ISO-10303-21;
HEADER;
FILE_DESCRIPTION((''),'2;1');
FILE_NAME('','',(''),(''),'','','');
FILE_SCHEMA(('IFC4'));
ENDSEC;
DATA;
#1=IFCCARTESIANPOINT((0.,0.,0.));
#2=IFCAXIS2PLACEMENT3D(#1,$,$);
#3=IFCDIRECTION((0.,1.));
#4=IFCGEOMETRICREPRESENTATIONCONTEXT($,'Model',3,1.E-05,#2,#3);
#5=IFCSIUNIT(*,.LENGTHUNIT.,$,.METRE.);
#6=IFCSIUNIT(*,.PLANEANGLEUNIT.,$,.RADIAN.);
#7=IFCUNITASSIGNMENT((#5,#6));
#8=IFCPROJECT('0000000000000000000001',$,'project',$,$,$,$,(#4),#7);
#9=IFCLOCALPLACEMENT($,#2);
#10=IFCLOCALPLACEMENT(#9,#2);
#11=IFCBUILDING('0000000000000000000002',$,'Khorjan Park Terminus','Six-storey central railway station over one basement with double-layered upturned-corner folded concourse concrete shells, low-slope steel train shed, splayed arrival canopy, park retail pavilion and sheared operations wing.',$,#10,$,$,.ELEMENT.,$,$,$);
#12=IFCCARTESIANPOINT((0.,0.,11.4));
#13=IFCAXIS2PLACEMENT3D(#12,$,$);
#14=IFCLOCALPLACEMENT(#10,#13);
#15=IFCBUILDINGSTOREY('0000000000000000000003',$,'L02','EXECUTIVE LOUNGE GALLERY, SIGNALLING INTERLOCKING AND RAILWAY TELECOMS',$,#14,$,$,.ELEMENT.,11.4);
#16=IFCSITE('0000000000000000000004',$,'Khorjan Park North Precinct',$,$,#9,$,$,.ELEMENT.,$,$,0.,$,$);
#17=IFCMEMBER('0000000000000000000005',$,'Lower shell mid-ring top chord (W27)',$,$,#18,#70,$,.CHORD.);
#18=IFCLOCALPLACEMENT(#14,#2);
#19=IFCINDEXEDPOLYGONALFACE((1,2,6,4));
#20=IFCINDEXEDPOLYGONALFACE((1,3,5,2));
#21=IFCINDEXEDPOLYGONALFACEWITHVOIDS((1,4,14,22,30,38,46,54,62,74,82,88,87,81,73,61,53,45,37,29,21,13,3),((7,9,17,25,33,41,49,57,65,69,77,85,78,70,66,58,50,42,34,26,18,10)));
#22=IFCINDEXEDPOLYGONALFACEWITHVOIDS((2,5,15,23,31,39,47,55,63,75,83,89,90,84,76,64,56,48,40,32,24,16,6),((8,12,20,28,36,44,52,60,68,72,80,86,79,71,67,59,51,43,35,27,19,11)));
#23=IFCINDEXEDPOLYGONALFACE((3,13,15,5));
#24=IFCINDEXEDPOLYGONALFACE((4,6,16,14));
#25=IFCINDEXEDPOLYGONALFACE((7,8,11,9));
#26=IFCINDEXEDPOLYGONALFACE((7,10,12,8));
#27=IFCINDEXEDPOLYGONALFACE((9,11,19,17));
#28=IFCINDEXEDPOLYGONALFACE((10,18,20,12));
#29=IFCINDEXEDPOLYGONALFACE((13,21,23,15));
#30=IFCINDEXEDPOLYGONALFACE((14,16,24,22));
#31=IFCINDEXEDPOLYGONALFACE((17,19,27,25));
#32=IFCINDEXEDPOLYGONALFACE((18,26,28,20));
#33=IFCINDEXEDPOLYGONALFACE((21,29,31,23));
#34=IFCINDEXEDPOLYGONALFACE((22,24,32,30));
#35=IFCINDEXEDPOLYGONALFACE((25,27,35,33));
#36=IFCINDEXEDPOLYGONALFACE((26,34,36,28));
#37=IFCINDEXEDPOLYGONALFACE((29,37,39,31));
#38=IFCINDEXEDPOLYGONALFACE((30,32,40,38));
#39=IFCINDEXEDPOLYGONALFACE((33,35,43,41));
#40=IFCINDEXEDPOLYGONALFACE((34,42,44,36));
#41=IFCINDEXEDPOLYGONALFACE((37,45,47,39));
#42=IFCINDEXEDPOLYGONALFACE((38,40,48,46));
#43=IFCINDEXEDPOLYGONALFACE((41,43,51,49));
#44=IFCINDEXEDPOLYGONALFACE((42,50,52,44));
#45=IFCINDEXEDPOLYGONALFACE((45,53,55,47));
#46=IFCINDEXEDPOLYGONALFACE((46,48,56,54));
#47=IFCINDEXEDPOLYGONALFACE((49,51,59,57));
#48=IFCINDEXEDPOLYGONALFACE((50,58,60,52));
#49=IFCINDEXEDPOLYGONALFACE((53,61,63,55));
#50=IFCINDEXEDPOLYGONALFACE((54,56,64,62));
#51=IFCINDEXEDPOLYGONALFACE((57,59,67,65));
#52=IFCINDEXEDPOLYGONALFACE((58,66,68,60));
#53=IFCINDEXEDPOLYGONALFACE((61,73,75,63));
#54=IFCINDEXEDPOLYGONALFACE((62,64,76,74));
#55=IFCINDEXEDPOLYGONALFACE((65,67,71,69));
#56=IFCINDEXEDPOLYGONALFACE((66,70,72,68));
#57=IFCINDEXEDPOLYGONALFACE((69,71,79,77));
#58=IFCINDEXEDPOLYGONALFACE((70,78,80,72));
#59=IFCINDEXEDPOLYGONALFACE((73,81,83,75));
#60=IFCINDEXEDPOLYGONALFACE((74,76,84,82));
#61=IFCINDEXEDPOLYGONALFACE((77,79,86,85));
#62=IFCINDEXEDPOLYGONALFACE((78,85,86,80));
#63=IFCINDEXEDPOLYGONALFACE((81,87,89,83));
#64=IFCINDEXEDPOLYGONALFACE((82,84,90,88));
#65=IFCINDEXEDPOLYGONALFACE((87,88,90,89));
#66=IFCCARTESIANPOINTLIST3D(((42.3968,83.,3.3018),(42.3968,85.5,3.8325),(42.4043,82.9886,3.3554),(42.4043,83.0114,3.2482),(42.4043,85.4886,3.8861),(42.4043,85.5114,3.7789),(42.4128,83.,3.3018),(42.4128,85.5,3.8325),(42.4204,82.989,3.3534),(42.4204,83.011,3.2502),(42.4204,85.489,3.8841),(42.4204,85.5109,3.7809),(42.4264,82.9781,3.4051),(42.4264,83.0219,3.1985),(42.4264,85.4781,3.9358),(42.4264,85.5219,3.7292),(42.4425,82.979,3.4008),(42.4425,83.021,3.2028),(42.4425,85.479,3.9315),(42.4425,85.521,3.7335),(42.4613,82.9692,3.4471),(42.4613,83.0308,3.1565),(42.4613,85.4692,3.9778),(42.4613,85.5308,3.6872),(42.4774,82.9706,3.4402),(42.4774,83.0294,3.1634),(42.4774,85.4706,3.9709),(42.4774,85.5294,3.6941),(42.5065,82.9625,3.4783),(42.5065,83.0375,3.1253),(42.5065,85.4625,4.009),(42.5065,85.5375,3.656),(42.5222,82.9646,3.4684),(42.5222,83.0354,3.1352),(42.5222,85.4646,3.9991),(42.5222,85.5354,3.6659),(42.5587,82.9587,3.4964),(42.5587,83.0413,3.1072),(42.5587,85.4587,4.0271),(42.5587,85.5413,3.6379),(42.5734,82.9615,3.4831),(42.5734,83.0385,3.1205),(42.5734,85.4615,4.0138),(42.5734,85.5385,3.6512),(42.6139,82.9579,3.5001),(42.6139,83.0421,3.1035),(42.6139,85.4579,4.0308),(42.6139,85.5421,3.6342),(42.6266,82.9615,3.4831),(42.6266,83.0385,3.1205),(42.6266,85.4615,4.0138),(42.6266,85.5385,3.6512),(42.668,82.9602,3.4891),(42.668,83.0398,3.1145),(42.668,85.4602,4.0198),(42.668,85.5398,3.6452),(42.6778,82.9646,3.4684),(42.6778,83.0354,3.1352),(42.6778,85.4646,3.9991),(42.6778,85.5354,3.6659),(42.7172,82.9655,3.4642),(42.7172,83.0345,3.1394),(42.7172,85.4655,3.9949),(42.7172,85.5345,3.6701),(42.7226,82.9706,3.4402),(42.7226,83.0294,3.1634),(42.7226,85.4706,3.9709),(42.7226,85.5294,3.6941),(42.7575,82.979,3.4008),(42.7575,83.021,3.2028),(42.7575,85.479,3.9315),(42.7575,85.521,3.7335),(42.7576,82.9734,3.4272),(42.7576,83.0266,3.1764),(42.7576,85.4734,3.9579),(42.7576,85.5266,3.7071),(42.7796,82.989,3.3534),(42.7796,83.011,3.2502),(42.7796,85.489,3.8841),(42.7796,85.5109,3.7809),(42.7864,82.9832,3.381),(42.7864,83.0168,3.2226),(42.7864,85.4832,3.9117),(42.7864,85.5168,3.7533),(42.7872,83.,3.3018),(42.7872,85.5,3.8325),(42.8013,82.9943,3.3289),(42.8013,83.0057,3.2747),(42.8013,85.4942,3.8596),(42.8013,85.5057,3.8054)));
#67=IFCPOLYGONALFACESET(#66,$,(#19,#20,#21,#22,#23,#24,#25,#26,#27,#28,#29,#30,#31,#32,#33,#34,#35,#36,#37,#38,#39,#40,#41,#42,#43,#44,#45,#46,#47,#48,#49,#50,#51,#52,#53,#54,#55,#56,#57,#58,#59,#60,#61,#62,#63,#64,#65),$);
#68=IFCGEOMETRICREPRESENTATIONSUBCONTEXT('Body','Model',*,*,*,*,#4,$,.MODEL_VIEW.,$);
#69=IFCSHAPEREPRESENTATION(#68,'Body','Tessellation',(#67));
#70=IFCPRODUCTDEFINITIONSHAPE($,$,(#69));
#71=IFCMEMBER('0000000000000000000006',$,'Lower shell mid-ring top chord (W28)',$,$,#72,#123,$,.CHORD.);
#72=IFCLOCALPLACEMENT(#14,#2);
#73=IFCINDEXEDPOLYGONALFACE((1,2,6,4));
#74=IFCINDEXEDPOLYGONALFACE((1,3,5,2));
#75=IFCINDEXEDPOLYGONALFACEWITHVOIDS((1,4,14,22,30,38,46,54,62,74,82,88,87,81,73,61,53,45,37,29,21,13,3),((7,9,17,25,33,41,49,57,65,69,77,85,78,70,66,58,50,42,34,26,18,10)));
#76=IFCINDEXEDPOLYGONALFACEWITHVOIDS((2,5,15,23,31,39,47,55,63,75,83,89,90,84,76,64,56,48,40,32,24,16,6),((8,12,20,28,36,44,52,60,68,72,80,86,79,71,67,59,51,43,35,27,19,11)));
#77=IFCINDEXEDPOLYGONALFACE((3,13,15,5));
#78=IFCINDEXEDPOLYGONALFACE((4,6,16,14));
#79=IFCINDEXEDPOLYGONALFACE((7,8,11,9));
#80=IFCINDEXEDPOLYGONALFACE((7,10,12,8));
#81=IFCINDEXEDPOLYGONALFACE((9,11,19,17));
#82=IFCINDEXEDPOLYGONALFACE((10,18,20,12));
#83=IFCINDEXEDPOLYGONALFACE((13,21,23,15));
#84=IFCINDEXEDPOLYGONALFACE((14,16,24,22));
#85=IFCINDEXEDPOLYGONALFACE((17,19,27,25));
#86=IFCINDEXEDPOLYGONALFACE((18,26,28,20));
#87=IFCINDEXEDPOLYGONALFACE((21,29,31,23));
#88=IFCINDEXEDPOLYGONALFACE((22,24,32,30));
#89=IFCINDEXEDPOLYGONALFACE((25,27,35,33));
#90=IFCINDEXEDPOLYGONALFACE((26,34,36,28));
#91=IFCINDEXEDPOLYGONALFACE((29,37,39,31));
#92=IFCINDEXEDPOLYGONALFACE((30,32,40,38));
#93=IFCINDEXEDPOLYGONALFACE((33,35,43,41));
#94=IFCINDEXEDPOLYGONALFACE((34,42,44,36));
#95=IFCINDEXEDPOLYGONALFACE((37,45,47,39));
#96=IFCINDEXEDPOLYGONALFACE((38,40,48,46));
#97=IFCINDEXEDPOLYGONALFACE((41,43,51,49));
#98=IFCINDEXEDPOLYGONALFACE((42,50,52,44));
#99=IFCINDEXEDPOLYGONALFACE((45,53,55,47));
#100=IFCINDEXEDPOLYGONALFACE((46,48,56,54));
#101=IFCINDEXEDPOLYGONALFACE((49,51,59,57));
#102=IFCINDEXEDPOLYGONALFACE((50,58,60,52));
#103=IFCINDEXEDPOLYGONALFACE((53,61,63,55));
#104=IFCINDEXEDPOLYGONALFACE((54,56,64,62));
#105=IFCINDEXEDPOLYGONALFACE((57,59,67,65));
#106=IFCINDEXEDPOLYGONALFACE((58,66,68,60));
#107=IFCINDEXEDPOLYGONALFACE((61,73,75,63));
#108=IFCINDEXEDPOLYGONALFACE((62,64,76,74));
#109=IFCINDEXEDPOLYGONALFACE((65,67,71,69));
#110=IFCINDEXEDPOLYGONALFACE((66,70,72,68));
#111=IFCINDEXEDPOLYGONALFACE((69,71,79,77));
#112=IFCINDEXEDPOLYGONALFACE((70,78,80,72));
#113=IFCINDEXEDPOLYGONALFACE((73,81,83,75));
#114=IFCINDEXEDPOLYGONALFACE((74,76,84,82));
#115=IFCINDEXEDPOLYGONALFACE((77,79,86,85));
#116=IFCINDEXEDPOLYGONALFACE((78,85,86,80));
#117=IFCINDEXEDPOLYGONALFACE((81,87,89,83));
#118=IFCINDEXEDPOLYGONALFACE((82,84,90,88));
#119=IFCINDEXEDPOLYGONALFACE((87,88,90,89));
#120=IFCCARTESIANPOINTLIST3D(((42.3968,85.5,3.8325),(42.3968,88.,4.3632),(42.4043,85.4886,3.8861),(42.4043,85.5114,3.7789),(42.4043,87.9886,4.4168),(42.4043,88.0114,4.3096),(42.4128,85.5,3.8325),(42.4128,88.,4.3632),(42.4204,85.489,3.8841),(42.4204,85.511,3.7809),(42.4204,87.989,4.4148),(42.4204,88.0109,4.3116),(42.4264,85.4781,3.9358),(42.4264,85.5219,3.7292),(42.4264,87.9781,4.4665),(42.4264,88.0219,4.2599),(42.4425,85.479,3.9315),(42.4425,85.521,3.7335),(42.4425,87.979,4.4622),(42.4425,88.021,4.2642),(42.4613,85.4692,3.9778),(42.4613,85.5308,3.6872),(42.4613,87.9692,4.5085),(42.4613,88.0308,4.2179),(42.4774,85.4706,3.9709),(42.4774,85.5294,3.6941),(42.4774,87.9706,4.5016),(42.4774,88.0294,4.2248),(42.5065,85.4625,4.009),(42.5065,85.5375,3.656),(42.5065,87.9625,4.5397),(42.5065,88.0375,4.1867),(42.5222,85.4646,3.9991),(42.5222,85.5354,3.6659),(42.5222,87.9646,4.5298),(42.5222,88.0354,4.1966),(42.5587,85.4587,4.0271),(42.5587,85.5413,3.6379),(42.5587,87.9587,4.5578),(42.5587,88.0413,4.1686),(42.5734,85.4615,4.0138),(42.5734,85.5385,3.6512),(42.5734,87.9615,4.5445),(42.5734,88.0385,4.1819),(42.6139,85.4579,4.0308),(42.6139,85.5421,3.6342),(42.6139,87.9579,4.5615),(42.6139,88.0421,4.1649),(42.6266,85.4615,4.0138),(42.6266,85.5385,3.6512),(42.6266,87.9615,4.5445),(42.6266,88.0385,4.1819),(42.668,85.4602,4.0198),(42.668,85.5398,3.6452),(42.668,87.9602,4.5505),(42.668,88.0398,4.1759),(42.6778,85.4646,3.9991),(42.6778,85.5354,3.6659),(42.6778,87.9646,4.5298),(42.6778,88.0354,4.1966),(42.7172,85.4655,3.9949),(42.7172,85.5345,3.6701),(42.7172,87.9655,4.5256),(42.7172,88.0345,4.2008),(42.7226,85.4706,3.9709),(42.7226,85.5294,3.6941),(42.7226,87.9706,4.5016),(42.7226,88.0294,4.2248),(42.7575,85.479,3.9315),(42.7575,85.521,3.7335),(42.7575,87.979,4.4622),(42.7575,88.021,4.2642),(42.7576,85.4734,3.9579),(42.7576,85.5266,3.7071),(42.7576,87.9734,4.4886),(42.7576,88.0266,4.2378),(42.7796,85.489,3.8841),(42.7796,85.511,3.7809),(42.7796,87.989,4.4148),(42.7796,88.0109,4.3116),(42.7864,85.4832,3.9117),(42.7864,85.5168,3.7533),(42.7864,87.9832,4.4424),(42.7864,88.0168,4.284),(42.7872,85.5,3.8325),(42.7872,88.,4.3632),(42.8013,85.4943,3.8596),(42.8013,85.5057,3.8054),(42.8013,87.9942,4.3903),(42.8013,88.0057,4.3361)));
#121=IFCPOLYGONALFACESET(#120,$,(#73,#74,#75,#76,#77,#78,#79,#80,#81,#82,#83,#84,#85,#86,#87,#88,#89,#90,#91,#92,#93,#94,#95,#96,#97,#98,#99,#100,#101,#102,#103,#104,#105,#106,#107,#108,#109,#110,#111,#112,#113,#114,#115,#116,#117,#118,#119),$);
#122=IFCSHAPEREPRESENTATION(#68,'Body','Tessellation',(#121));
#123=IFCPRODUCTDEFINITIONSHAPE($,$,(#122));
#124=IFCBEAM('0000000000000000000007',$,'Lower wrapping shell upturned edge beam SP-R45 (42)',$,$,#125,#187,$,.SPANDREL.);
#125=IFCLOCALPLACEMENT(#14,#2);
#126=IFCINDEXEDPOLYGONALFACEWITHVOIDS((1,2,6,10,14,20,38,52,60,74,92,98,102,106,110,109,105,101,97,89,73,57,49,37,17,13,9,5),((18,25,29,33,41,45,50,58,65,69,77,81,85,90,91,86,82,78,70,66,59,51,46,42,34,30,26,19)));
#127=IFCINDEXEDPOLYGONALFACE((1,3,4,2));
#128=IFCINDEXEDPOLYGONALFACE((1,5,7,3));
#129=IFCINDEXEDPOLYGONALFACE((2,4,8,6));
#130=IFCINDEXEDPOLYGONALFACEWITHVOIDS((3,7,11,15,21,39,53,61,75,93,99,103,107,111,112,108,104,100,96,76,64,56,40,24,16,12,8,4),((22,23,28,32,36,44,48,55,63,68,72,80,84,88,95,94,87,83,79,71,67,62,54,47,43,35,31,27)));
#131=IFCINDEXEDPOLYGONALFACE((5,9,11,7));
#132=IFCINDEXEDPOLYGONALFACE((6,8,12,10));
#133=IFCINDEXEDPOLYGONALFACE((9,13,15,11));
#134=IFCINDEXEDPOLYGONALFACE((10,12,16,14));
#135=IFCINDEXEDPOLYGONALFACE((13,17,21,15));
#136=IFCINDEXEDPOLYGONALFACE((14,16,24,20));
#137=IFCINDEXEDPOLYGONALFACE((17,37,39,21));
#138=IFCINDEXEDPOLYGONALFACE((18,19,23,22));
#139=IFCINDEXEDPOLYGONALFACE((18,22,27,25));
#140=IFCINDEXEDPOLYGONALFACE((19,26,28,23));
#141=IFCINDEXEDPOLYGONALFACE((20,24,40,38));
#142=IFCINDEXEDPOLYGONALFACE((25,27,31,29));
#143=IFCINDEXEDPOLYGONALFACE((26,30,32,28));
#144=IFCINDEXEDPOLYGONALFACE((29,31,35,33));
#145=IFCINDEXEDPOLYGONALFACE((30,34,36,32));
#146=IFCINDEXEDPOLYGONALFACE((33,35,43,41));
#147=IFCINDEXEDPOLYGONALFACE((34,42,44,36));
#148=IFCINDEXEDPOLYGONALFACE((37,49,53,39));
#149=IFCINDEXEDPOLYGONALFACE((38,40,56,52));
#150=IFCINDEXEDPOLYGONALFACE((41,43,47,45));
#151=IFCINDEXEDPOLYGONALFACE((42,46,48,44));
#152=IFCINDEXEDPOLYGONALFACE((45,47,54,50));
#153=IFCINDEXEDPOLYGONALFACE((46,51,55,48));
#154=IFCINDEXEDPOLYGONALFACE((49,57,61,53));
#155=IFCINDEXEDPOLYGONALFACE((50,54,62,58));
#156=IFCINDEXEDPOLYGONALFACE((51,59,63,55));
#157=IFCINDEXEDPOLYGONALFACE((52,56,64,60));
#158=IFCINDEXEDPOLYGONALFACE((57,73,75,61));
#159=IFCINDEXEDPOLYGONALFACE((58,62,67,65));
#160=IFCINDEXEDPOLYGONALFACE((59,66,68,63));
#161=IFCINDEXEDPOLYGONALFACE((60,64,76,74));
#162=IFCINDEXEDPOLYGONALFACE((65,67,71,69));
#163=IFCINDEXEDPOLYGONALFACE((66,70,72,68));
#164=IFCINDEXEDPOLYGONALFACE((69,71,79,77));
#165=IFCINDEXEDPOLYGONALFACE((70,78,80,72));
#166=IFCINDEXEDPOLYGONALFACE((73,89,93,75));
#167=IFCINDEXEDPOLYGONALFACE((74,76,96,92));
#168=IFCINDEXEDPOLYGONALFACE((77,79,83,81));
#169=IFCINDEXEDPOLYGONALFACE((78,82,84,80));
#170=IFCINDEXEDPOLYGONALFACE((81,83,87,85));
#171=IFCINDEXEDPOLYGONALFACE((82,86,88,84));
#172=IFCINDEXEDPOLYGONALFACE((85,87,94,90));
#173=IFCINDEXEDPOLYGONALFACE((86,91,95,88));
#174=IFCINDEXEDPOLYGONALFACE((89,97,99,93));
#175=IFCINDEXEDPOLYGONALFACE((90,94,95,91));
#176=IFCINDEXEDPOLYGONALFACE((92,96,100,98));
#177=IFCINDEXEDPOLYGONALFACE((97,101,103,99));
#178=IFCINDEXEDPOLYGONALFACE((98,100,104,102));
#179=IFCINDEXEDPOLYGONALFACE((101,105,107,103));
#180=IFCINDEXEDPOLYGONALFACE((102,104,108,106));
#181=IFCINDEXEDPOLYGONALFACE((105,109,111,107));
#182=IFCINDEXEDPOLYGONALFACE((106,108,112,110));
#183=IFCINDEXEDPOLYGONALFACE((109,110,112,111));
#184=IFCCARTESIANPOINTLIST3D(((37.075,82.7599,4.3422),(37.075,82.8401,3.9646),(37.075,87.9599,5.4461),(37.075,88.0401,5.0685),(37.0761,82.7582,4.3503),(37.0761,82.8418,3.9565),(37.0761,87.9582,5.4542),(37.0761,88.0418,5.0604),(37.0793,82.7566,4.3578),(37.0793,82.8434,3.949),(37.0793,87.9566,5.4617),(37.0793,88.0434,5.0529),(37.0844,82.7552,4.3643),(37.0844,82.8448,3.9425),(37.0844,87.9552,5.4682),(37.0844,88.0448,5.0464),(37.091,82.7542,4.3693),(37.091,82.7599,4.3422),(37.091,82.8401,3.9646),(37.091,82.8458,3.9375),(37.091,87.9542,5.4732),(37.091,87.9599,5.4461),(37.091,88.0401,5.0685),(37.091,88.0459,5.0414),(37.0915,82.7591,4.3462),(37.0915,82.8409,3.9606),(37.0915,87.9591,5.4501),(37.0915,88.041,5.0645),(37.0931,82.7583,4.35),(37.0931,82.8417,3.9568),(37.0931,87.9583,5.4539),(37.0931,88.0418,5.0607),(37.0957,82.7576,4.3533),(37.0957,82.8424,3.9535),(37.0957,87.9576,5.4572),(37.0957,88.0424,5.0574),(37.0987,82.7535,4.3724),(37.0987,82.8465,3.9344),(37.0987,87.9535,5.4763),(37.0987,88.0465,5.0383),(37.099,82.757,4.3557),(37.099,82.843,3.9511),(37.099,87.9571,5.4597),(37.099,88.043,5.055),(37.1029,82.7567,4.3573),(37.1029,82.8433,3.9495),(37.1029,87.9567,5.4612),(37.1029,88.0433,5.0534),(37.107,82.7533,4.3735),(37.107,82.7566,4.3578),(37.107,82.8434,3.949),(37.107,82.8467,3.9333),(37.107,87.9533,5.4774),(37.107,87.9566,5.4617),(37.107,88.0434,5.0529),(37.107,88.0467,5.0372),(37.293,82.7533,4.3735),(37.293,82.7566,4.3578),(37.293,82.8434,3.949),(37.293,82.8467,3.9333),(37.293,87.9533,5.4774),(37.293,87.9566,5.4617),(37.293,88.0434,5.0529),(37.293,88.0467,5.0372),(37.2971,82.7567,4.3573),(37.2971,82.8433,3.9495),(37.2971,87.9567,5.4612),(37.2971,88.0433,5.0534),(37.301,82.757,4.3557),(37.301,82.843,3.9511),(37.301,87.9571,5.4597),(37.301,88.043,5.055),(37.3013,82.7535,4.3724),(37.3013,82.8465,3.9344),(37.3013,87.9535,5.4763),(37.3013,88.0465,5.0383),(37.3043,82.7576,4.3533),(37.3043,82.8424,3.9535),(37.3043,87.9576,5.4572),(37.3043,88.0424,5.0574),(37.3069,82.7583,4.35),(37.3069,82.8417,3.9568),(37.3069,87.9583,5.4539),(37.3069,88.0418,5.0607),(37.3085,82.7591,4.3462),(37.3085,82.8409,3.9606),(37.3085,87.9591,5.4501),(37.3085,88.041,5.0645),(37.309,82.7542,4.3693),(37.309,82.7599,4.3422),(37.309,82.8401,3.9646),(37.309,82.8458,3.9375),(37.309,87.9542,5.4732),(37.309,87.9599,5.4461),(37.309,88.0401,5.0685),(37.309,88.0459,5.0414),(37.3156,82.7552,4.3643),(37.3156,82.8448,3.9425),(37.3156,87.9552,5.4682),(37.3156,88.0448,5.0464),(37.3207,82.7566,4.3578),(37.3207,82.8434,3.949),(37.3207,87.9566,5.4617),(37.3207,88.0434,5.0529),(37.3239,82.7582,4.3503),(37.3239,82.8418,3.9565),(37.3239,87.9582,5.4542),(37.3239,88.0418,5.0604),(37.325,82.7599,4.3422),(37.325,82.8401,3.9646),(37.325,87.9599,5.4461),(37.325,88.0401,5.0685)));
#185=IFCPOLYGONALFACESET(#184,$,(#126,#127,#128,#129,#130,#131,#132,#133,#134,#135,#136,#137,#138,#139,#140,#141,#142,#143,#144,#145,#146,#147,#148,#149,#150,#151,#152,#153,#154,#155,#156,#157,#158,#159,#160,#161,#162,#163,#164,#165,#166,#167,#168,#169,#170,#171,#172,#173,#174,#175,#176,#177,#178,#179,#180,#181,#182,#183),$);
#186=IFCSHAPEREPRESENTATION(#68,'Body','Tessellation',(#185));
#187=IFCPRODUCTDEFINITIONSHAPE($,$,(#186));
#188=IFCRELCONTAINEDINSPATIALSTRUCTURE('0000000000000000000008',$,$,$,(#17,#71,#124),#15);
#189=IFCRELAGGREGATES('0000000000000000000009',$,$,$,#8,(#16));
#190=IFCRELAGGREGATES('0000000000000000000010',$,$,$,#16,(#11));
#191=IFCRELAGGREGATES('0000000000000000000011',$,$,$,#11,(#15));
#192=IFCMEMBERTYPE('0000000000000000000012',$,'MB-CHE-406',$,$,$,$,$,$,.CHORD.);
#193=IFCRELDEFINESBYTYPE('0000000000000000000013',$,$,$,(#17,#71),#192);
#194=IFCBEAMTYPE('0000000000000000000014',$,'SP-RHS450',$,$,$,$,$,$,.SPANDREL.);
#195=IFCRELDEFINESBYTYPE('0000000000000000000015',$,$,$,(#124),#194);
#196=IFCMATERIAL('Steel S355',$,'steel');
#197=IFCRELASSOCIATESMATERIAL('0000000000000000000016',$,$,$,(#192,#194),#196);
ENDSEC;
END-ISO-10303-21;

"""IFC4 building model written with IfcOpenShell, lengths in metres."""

from ifc_helpers import new_model, si_unit, direction, frame, origin, origin_2d, place, context, subcontext, project, spatial, hollow_rectangle, hollow_circle, extrude, material, material_profile, profile_set, type_object, element, save


model = new_model("IFC4")

# Units and contexts
model_context = context("Model", 3, precision=1e-05, world=origin(), true_north=direction((0.0, 1.0)))
body_context = subcontext(model_context, "Body", "Model", "MODEL_VIEW")
ifc_project = project(units=[si_unit("LENGTHUNIT", "METRE"), si_unit("PLANEANGLEUNIT", "RADIAN")], contexts=[model_context])

# Site, building, storey
site_placement = place(None, origin())
site = spatial("IfcSite", under=ifc_project, at=site_placement, Name="Khorjan Park North Precinct", CompositionType="ELEMENT", RefElevation=0.0)
building_placement = place(site_placement, origin())
building = spatial("IfcBuilding", under=site, at=building_placement, Name="Khorjan Park Terminus", Description="Six-storey central railway station over one basement with double-layered upturned-corner folded concourse concrete shells, low-slope steel train shed, splayed arrival canopy, park retail pavilion and sheared operations wing.", CompositionType="ELEMENT")
storey_placement = place(building_placement, frame((0.0, 0.0, 11.4)))
storey = spatial("IfcBuildingStorey", under=building, at=storey_placement, Name="L02", Description="EXECUTIVE LOUNGE GALLERY, SIGNALLING INTERLOCKING AND RAILWAY TELECOMS", CompositionType="ELEMENT", Elevation=11.4)

# Members
ifc_material_1 = material(Name="Steel S355", Category="steel")
ifc_material_profile_1 = material_profile(ifc_material_1, hollow_circle(Radius=0.2032, WallThickness=0.016, at=origin_2d()), Name="CHS 406.4x16")
ifc_profile_set_1 = profile_set([ifc_material_profile_1], Name="Steel S355")
member_type_1 = type_object("IfcMemberType", Name="MB-CHE-406", PredefinedType="CHORD", material=ifc_profile_set_1)
for number, where, z_axis, x_axis, name in (
    (1, (42.6, 83.0, 3.3018), (0.0, 0.978203, 0.207653), (-1.0, 0.0, 0.0), "Lower shell mid-ring top chord (W27)"),
    (2, (42.6, 85.5, 3.8325), (0.0, 0.978203, 0.207653), (-1.0, 0.0, 0.0), "Lower shell mid-ring top chord (W28)"),
):
    element("IfcMember", number, at=place(storey_placement, frame(where, z_axis=z_axis, x_axis=x_axis)), inside=storey, type_object=member_type_1, Name=name, PredefinedType="CHORD", context=body_context, shape_type="SweptSolid", body=[
        extrude(hollow_circle(Radius=0.2032, WallThickness=0.016, at=origin_2d()), origin(), (0.0, 0.0, 1.0), 2.5557),
    ])

# Beam
ifc_material_profile_2 = material_profile(ifc_material_1, hollow_rectangle(XDim=0.25, YDim=0.45, WallThickness=0.016, InnerFilletRadius=0.016, OuterFilletRadius=0.032, at=origin_2d()), Name="RHS 450x250x16")
ifc_profile_set_2 = profile_set([ifc_material_profile_2], Name="Steel S355")
beam_type = type_object("IfcBeamType", Name="SP-RHS450", PredefinedType="SPANDREL", material=ifc_profile_set_2)
beam_1_placement = place(storey_placement, frame((37.2, 82.8, 4.1534), z_axis=(0.0, 0.978201, 0.207661), x_axis=(-1.0, 0.0, 0.0)))
element("IfcBeam", 3, at=beam_1_placement, inside=storey, type_object=beam_type, Name="Lower wrapping shell upturned edge beam SP-R45 (42)", PredefinedType="SPANDREL", context=body_context, shape_type="SweptSolid", body=[
    extrude(hollow_rectangle(XDim=0.25, YDim=0.45, WallThickness=0.016, InnerFilletRadius=0.016, OuterFilletRadius=0.032, at=origin_2d()), origin(), (0.0, 0.0, 1.0), 5.3159),
])

save(model, "model.ifc")
